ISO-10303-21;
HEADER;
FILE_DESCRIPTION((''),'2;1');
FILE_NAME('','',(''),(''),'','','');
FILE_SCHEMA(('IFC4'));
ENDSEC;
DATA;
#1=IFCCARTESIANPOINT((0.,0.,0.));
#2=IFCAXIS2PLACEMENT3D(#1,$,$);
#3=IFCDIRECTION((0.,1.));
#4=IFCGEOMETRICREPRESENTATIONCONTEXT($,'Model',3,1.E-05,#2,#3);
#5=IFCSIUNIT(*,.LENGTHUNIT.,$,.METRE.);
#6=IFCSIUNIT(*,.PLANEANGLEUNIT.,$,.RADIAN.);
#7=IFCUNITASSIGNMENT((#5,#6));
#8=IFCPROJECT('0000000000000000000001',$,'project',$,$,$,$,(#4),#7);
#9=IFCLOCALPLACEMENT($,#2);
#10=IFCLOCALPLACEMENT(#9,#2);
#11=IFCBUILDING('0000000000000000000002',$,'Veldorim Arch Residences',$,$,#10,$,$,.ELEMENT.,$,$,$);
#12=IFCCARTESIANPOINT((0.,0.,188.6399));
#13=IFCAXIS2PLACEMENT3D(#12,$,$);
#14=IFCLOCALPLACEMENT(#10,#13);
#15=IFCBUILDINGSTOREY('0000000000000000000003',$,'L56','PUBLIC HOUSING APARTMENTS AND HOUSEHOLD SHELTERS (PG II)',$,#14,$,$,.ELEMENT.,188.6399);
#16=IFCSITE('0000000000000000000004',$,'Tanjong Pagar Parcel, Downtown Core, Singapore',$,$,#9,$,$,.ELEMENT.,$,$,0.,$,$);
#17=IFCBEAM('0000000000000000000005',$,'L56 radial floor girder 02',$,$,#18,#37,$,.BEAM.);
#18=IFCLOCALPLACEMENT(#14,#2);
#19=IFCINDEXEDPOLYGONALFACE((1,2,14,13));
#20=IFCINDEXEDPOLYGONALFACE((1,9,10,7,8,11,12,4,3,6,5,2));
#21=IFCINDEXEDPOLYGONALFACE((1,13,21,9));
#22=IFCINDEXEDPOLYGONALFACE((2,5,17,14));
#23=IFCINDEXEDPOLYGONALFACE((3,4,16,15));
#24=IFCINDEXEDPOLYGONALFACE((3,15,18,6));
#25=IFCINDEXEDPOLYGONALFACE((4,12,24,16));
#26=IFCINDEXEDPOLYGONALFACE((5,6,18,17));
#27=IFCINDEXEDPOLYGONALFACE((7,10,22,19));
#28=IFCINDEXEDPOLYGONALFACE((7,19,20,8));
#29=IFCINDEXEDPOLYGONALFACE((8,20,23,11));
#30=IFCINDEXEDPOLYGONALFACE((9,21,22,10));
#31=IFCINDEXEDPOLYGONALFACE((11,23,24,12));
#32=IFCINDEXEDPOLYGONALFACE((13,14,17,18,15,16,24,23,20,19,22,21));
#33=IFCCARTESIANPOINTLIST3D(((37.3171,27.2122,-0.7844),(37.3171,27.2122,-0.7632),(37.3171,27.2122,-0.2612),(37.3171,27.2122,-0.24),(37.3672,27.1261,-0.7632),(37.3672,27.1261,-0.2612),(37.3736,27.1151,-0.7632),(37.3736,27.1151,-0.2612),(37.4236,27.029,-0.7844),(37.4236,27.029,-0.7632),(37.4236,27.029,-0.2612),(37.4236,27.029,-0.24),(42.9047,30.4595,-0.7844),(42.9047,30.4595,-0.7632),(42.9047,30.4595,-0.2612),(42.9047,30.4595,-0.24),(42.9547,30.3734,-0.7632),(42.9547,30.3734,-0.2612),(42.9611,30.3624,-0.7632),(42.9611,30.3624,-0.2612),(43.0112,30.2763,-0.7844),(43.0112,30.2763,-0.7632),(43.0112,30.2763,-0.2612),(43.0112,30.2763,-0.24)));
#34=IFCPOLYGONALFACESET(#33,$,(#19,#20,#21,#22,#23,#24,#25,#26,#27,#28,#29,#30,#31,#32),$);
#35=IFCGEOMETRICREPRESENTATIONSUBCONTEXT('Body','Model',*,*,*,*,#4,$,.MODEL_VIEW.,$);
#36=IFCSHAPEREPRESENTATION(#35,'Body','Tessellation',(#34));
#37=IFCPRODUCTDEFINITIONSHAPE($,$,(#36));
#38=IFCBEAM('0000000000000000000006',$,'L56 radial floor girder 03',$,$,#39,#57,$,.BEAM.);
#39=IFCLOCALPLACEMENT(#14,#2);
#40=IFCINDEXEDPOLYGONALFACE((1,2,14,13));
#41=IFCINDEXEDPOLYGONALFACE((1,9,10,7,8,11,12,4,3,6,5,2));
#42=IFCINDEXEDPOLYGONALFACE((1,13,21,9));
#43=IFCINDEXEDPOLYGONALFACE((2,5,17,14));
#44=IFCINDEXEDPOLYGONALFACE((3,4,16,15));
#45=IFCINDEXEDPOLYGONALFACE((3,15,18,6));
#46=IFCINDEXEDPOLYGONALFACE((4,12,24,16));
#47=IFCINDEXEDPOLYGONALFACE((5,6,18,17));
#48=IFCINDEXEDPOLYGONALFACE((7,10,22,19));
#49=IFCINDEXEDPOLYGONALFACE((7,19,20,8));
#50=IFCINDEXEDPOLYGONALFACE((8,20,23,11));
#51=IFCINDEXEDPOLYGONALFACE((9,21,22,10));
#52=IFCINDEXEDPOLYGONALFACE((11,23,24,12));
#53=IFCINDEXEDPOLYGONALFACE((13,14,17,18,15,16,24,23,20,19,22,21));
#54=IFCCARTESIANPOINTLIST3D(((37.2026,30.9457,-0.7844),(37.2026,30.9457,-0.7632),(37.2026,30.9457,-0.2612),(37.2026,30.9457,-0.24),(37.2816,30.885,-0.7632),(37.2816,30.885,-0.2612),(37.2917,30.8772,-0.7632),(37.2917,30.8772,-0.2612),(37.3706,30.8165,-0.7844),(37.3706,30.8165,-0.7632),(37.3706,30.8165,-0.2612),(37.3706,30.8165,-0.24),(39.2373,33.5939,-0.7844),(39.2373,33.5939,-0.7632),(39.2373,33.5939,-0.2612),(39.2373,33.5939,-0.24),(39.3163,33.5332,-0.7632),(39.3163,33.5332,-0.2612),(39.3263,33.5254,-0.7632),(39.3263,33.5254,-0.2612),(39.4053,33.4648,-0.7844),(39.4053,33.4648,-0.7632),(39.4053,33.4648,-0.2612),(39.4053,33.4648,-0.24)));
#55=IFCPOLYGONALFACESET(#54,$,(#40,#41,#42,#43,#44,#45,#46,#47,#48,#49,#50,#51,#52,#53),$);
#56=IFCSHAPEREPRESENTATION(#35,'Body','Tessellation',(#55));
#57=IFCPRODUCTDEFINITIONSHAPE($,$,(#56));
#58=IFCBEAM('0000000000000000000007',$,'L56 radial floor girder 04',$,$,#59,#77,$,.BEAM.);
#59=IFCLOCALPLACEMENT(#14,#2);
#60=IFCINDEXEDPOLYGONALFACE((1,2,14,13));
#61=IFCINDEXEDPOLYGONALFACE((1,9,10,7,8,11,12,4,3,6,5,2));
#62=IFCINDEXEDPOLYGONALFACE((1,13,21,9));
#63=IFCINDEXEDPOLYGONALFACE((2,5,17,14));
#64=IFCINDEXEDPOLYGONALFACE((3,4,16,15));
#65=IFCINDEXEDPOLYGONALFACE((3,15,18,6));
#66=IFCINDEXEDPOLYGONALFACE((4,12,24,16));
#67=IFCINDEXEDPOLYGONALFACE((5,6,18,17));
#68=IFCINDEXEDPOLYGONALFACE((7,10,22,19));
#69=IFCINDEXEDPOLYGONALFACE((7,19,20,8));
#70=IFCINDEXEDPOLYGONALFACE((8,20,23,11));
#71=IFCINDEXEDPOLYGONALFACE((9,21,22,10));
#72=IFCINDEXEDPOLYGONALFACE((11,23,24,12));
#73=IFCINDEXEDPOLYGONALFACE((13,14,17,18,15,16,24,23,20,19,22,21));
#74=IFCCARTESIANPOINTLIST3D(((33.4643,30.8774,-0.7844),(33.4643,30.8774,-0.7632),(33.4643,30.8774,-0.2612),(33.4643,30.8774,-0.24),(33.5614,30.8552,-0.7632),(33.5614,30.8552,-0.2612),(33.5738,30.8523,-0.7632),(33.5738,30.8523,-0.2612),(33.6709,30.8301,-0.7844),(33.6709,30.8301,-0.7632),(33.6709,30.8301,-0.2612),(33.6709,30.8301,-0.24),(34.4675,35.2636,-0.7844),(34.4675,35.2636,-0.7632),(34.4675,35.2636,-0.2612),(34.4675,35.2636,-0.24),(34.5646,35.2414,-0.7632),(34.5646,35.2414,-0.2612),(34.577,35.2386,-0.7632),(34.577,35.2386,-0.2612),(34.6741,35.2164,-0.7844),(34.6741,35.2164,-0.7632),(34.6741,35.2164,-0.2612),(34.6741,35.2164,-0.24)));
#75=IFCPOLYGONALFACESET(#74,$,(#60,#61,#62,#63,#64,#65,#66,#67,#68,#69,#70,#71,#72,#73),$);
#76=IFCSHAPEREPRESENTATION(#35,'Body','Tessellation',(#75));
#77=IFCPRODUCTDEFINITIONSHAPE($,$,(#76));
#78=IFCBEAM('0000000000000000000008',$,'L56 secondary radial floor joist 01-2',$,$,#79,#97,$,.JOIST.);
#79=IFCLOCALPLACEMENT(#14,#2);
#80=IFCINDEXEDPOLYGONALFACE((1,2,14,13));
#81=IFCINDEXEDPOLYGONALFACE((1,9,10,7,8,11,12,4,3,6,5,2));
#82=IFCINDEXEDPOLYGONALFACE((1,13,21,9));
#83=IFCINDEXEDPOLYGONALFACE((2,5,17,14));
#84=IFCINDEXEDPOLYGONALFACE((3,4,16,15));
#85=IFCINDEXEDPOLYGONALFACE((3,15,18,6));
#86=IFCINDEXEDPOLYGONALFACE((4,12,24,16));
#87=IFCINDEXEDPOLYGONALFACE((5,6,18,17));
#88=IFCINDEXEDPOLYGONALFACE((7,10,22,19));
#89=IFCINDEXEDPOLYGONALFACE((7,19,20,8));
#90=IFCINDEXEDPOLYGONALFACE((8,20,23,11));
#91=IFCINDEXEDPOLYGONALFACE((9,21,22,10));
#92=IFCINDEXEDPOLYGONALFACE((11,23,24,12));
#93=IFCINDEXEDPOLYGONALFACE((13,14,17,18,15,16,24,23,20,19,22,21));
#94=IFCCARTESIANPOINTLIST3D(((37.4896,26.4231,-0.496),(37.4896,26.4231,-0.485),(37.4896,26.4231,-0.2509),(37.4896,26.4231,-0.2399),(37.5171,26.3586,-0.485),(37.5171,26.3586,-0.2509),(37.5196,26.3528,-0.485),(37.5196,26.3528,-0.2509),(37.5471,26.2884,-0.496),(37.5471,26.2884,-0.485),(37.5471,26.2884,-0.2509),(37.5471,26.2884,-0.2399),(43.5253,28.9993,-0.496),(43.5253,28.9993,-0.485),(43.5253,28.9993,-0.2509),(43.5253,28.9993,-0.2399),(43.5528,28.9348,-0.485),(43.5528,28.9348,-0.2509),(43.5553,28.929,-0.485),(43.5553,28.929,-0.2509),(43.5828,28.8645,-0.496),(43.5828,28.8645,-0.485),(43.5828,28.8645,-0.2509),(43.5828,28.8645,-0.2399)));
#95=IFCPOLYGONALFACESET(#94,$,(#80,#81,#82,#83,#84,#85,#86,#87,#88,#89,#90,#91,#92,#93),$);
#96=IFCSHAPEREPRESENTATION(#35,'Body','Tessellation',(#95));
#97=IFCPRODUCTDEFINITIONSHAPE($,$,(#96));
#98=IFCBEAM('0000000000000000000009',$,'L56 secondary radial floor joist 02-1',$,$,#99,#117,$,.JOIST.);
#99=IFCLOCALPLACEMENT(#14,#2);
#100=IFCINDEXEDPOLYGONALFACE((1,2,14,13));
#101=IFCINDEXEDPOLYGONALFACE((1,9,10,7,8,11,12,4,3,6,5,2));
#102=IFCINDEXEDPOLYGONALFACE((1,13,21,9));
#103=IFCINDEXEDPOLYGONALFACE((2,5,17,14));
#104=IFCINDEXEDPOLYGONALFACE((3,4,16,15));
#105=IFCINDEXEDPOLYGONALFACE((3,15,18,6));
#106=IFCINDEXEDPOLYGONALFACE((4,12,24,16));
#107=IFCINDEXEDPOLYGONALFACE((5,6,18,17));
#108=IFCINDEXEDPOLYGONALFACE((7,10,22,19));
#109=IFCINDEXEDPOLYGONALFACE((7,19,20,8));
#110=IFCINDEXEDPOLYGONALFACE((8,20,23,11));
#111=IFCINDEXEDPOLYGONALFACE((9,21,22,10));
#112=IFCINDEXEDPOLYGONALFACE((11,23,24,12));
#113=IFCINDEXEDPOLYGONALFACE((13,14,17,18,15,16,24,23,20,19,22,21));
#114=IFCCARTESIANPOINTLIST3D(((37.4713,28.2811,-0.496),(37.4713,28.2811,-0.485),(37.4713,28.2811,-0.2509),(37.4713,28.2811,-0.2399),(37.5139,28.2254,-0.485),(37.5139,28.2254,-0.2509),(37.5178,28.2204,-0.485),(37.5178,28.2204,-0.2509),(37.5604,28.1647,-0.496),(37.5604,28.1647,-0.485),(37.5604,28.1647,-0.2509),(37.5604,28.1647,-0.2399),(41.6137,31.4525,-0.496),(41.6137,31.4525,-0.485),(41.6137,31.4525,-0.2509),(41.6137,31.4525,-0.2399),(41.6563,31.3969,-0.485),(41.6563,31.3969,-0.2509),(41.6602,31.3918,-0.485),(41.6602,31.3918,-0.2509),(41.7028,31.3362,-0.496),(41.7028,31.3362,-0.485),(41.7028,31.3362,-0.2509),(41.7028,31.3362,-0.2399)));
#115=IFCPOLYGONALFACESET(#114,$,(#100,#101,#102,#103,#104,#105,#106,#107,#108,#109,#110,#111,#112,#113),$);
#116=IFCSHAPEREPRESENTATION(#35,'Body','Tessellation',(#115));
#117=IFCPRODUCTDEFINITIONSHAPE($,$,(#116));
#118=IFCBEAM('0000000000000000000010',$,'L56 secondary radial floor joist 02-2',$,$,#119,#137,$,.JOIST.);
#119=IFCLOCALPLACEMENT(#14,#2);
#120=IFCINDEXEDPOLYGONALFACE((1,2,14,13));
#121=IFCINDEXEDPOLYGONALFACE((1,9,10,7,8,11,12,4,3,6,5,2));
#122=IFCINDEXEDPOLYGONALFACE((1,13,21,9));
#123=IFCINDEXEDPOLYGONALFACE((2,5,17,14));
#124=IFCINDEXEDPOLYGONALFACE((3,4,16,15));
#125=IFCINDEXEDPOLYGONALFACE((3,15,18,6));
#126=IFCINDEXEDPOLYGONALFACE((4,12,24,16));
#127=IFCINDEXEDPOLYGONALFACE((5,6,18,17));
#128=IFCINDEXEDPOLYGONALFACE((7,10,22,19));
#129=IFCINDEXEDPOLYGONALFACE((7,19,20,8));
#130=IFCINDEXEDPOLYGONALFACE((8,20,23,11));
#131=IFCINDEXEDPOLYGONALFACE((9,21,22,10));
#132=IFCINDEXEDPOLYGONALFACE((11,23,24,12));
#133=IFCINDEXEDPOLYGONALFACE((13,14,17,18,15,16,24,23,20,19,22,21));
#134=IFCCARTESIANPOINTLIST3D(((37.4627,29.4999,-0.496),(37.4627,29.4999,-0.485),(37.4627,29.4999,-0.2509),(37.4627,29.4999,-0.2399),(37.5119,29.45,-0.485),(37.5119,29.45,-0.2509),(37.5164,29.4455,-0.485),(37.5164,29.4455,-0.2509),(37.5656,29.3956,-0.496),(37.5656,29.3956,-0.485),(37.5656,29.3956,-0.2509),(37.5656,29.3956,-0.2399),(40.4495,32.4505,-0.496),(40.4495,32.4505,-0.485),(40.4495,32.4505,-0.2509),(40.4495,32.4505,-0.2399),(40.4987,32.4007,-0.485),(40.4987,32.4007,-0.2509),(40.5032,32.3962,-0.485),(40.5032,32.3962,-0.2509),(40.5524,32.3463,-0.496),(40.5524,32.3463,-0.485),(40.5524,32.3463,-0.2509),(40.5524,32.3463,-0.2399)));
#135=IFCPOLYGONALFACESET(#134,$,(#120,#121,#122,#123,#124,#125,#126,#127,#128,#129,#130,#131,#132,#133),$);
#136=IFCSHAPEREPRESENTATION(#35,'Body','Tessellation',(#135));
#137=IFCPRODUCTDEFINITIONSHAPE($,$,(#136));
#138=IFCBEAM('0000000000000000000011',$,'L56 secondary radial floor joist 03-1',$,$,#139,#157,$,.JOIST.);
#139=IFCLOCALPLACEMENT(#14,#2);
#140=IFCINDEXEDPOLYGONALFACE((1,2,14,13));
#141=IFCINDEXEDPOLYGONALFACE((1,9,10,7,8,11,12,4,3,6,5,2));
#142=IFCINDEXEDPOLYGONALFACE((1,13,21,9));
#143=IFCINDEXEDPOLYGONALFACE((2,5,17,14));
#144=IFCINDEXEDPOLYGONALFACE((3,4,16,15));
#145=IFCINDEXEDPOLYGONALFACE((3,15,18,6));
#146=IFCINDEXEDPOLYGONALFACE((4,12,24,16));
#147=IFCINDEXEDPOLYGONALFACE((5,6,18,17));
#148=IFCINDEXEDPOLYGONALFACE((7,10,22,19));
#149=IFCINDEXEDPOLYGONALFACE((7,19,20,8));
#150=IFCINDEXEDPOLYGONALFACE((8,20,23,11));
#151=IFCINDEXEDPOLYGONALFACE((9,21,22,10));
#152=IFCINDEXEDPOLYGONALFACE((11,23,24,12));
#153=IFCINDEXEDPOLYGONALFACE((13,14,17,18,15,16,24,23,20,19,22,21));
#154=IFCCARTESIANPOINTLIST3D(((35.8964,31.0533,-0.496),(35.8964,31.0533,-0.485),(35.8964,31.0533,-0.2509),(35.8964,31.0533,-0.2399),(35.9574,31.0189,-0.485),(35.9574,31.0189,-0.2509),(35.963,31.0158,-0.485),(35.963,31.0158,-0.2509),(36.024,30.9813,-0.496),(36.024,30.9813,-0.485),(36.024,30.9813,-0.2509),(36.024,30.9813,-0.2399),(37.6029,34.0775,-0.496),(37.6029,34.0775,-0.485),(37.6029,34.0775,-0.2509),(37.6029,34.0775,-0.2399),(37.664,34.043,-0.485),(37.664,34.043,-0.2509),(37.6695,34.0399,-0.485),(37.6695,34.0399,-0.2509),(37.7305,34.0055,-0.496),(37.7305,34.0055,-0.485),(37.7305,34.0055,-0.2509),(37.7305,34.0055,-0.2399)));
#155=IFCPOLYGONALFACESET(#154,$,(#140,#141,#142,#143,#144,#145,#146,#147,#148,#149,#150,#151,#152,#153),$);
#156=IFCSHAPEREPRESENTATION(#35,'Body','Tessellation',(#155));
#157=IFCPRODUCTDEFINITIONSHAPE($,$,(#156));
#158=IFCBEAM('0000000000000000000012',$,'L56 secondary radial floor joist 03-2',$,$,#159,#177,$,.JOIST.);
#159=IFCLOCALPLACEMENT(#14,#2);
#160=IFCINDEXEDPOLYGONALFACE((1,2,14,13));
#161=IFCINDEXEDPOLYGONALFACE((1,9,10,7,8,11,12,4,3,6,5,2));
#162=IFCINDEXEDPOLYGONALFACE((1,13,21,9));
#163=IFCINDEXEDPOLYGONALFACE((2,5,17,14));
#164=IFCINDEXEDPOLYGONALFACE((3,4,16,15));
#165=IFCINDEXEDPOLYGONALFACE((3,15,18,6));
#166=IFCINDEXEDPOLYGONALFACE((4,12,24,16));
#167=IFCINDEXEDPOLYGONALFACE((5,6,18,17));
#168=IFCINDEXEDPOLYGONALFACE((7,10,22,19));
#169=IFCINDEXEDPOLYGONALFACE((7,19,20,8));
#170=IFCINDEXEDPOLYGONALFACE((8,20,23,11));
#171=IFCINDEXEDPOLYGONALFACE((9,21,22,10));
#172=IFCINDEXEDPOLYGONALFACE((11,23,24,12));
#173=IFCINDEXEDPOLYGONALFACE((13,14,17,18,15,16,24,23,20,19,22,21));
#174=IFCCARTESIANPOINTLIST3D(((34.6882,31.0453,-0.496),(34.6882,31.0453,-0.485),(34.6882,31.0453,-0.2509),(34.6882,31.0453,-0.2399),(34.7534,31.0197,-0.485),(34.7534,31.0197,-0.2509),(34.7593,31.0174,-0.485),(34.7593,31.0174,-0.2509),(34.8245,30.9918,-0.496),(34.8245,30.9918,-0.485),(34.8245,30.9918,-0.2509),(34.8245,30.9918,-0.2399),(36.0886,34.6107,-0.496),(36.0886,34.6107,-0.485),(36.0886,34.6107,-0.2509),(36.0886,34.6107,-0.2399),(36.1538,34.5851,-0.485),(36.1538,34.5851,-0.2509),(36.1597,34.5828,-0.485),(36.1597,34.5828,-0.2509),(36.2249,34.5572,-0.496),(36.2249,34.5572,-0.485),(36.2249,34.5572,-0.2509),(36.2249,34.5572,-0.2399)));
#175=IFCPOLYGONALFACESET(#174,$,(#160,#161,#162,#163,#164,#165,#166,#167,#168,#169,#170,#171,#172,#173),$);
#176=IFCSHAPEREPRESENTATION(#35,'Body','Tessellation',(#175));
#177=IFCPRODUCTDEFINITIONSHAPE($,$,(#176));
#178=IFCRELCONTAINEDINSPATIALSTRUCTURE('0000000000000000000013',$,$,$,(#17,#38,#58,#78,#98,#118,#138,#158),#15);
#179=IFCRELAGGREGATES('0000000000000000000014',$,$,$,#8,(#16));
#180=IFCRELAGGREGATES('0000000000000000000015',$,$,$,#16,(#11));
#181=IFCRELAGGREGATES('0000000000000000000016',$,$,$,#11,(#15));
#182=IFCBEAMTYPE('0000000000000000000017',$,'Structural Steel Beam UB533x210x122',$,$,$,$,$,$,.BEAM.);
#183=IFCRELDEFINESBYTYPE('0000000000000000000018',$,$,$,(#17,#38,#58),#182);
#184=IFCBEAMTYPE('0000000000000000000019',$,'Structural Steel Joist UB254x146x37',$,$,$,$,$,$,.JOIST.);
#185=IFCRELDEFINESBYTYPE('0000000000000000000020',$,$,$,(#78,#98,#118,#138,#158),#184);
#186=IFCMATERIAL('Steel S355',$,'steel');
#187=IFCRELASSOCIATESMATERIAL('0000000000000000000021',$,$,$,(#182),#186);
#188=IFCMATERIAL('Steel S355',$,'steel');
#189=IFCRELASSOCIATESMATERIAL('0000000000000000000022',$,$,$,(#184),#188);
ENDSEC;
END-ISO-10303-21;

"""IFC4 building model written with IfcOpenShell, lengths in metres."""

from ifc_helpers import new_model, si_unit, direction, frame, origin, origin_2d, place, context, subcontext, project, spatial, i_section, extrude, material, material_profile, profile_set, type_object, element, save


model = new_model("IFC4")

# Units and contexts
model_context = context("Model", 3, precision=1e-05, world=origin(), true_north=direction((0.0, 1.0)))
body_context = subcontext(model_context, "Body", "Model", "MODEL_VIEW")
ifc_project = project(units=[si_unit("LENGTHUNIT", "METRE"), si_unit("PLANEANGLEUNIT", "RADIAN")], contexts=[model_context])

# Site, building, storey
site_placement = place(None, origin())
site = spatial("IfcSite", under=ifc_project, at=site_placement, Name="Tanjong Pagar Parcel, Downtown Core, Singapore", CompositionType="ELEMENT", RefElevation=0.0)
building_placement = place(site_placement, origin())
building = spatial("IfcBuilding", under=site, at=building_placement, Name="Veldorim Arch Residences", CompositionType="ELEMENT")
storey_placement = place(building_placement, frame((0.0, 0.0, 188.6399)))
storey = spatial("IfcBuildingStorey", under=building, at=storey_placement, Name="L56", Description="PUBLIC HOUSING APARTMENTS AND HOUSEHOLD SHELTERS (PG II)", CompositionType="ELEMENT", Elevation=188.6399)

# Beams
ifc_material_1 = material(Name="Steel S355", Category="steel")
ifc_material_profile_1 = material_profile(ifc_material_1, i_section(OverallWidth=0.2119, OverallDepth=0.5444, WebThickness=0.0127, FlangeThickness=0.0212, at=origin_2d()), Name="UB533x210x122")
ifc_profile_set_1 = profile_set([ifc_material_profile_1], Name="Steel S355")
beam_type_1 = type_object("IfcBeamType", Name="Structural Steel Beam UB533x210x122", PredefinedType="BEAM", material=ifc_profile_set_1)
beam_1_placement = place(storey_placement, frame((37.3704, 27.1206, -0.5122), z_axis=(0.864596, 0.502468, 0.0), x_axis=(-0.502468, 0.864596, 0.0)))
element("IfcBeam", 1, at=beam_1_placement, inside=storey, type_object=beam_type_1, Name="L56 radial floor girder 02", PredefinedType="BEAM", context=body_context, shape_type="SweptSolid", body=[
    extrude(i_section(OverallWidth=0.2119, OverallDepth=0.5444, WebThickness=0.0127, FlangeThickness=0.0212, at=origin_2d()), origin(), (0.0, 0.0, 1.0), 6.4626),
])
beam_2_placement = place(storey_placement, frame((37.2866, 30.8811, -0.5122), z_axis=(0.609258, 0.792972, 0.0), x_axis=(-0.792972, 0.609258, 0.0)))
element("IfcBeam", 2, at=beam_2_placement, inside=storey, type_object=beam_type_1, Name="L56 radial floor girder 03", PredefinedType="BEAM", context=body_context, shape_type="SweptSolid", body=[
    extrude(i_section(OverallWidth=0.2119, OverallDepth=0.5444, WebThickness=0.0127, FlangeThickness=0.0212, at=origin_2d()), origin(), (0.0, 0.0, 1.0), 3.3396),
])
beam_3_placement = place(storey_placement, frame((33.5676, 30.8538, -0.5122), z_axis=(0.222953, 0.974829, 0.0), x_axis=(-0.974829, 0.222953, 0.0)))
element("IfcBeam", 3, at=beam_3_placement, inside=storey, type_object=beam_type_1, Name="L56 radial floor girder 04", PredefinedType="BEAM", context=body_context, shape_type="SweptSolid", body=[
    extrude(i_section(OverallWidth=0.2119, OverallDepth=0.5444, WebThickness=0.0127, FlangeThickness=0.0212, at=origin_2d()), origin(), (0.0, 0.0, 1.0), 4.4995),
])
ifc_material_2 = material(Name="Steel S355", Category="steel")
ifc_material_profile_2 = material_profile(ifc_material_2, i_section(OverallWidth=0.1465, OverallDepth=0.2561, WebThickness=0.0063, FlangeThickness=0.011, at=origin_2d()), Name="UB254x146x37")
ifc_profile_set_2 = profile_set([ifc_material_profile_2], Name="Steel S355")
beam_type_2 = type_object("IfcBeamType", Name="Structural Steel Joist UB254x146x37", PredefinedType="JOIST", material=ifc_profile_set_2)
beam_4_placement = place(storey_placement, frame((37.5183, 26.3557, -0.3679), z_axis=(0.919725, 0.392563, 0.0), x_axis=(-0.392563, 0.919725, 0.0)))
element("IfcBeam", 4, at=beam_4_placement, inside=storey, type_object=beam_type_2, Name="L56 secondary radial floor joist 01-2", PredefinedType="JOIST", context=body_context, shape_type="SweptSolid", body=[
    extrude(i_section(OverallWidth=0.1465, OverallDepth=0.2561, WebThickness=0.0063, FlangeThickness=0.011, at=origin_2d()), origin(), (0.0, 0.0, 1.0), 6.5625),
])
beam_5_placement = place(storey_placement, frame((37.5159, 28.2229, -0.3679), z_axis=(0.794014, 0.6079, 0.0), x_axis=(-0.6079, 0.794014, 0.0)))
element("IfcBeam", 5, at=beam_5_placement, inside=storey, type_object=beam_type_2, Name="L56 secondary radial floor joist 02-1", PredefinedType="JOIST", context=body_context, shape_type="SweptSolid", body=[
    extrude(i_section(OverallWidth=0.1465, OverallDepth=0.2561, WebThickness=0.0063, FlangeThickness=0.011, at=origin_2d()), origin(), (0.0, 0.0, 1.0), 5.217),
])
beam_6_placement = place(storey_placement, frame((37.5142, 29.4478, -0.3679), z_axis=(0.711397, 0.702791, 0.0), x_axis=(-0.702791, 0.711397, 0.0)))
element("IfcBeam", 6, at=beam_6_placement, inside=storey, type_object=beam_type_2, Name="L56 secondary radial floor joist 02-2", PredefinedType="JOIST", context=body_context, shape_type="SweptSolid", body=[
    extrude(i_section(OverallWidth=0.1465, OverallDepth=0.2561, WebThickness=0.0063, FlangeThickness=0.011, at=origin_2d()), origin(), (0.0, 0.0, 1.0), 4.1985),
])
beam_7_placement = place(storey_placement, frame((35.9602, 31.0173, -0.3679), z_axis=(0.491452, 0.870904, 0.0), x_axis=(-0.870904, 0.491452, 0.0)))
element("IfcBeam", 7, at=beam_7_placement, inside=storey, type_object=beam_type_2, Name="L56 secondary radial floor joist 03-1", PredefinedType="JOIST", context=body_context, shape_type="SweptSolid", body=[
    extrude(i_section(OverallWidth=0.1465, OverallDepth=0.2561, WebThickness=0.0063, FlangeThickness=0.011, at=origin_2d()), origin(), (0.0, 0.0, 1.0), 3.4724),
])
beam_8_placement = place(storey_placement, frame((34.7563, 31.0186, -0.3679), z_axis=(0.365581, 0.930779, 0.0), x_axis=(-0.930779, 0.365581, 0.0)))
element("IfcBeam", 8, at=beam_8_placement, inside=storey, type_object=beam_type_2, Name="L56 secondary radial floor joist 03-2", PredefinedType="JOIST", context=body_context, shape_type="SweptSolid", body=[
    extrude(i_section(OverallWidth=0.1465, OverallDepth=0.2561, WebThickness=0.0063, FlangeThickness=0.011, at=origin_2d()), origin(), (0.0, 0.0, 1.0), 3.8306),
])

save(model, "model.ifc")
